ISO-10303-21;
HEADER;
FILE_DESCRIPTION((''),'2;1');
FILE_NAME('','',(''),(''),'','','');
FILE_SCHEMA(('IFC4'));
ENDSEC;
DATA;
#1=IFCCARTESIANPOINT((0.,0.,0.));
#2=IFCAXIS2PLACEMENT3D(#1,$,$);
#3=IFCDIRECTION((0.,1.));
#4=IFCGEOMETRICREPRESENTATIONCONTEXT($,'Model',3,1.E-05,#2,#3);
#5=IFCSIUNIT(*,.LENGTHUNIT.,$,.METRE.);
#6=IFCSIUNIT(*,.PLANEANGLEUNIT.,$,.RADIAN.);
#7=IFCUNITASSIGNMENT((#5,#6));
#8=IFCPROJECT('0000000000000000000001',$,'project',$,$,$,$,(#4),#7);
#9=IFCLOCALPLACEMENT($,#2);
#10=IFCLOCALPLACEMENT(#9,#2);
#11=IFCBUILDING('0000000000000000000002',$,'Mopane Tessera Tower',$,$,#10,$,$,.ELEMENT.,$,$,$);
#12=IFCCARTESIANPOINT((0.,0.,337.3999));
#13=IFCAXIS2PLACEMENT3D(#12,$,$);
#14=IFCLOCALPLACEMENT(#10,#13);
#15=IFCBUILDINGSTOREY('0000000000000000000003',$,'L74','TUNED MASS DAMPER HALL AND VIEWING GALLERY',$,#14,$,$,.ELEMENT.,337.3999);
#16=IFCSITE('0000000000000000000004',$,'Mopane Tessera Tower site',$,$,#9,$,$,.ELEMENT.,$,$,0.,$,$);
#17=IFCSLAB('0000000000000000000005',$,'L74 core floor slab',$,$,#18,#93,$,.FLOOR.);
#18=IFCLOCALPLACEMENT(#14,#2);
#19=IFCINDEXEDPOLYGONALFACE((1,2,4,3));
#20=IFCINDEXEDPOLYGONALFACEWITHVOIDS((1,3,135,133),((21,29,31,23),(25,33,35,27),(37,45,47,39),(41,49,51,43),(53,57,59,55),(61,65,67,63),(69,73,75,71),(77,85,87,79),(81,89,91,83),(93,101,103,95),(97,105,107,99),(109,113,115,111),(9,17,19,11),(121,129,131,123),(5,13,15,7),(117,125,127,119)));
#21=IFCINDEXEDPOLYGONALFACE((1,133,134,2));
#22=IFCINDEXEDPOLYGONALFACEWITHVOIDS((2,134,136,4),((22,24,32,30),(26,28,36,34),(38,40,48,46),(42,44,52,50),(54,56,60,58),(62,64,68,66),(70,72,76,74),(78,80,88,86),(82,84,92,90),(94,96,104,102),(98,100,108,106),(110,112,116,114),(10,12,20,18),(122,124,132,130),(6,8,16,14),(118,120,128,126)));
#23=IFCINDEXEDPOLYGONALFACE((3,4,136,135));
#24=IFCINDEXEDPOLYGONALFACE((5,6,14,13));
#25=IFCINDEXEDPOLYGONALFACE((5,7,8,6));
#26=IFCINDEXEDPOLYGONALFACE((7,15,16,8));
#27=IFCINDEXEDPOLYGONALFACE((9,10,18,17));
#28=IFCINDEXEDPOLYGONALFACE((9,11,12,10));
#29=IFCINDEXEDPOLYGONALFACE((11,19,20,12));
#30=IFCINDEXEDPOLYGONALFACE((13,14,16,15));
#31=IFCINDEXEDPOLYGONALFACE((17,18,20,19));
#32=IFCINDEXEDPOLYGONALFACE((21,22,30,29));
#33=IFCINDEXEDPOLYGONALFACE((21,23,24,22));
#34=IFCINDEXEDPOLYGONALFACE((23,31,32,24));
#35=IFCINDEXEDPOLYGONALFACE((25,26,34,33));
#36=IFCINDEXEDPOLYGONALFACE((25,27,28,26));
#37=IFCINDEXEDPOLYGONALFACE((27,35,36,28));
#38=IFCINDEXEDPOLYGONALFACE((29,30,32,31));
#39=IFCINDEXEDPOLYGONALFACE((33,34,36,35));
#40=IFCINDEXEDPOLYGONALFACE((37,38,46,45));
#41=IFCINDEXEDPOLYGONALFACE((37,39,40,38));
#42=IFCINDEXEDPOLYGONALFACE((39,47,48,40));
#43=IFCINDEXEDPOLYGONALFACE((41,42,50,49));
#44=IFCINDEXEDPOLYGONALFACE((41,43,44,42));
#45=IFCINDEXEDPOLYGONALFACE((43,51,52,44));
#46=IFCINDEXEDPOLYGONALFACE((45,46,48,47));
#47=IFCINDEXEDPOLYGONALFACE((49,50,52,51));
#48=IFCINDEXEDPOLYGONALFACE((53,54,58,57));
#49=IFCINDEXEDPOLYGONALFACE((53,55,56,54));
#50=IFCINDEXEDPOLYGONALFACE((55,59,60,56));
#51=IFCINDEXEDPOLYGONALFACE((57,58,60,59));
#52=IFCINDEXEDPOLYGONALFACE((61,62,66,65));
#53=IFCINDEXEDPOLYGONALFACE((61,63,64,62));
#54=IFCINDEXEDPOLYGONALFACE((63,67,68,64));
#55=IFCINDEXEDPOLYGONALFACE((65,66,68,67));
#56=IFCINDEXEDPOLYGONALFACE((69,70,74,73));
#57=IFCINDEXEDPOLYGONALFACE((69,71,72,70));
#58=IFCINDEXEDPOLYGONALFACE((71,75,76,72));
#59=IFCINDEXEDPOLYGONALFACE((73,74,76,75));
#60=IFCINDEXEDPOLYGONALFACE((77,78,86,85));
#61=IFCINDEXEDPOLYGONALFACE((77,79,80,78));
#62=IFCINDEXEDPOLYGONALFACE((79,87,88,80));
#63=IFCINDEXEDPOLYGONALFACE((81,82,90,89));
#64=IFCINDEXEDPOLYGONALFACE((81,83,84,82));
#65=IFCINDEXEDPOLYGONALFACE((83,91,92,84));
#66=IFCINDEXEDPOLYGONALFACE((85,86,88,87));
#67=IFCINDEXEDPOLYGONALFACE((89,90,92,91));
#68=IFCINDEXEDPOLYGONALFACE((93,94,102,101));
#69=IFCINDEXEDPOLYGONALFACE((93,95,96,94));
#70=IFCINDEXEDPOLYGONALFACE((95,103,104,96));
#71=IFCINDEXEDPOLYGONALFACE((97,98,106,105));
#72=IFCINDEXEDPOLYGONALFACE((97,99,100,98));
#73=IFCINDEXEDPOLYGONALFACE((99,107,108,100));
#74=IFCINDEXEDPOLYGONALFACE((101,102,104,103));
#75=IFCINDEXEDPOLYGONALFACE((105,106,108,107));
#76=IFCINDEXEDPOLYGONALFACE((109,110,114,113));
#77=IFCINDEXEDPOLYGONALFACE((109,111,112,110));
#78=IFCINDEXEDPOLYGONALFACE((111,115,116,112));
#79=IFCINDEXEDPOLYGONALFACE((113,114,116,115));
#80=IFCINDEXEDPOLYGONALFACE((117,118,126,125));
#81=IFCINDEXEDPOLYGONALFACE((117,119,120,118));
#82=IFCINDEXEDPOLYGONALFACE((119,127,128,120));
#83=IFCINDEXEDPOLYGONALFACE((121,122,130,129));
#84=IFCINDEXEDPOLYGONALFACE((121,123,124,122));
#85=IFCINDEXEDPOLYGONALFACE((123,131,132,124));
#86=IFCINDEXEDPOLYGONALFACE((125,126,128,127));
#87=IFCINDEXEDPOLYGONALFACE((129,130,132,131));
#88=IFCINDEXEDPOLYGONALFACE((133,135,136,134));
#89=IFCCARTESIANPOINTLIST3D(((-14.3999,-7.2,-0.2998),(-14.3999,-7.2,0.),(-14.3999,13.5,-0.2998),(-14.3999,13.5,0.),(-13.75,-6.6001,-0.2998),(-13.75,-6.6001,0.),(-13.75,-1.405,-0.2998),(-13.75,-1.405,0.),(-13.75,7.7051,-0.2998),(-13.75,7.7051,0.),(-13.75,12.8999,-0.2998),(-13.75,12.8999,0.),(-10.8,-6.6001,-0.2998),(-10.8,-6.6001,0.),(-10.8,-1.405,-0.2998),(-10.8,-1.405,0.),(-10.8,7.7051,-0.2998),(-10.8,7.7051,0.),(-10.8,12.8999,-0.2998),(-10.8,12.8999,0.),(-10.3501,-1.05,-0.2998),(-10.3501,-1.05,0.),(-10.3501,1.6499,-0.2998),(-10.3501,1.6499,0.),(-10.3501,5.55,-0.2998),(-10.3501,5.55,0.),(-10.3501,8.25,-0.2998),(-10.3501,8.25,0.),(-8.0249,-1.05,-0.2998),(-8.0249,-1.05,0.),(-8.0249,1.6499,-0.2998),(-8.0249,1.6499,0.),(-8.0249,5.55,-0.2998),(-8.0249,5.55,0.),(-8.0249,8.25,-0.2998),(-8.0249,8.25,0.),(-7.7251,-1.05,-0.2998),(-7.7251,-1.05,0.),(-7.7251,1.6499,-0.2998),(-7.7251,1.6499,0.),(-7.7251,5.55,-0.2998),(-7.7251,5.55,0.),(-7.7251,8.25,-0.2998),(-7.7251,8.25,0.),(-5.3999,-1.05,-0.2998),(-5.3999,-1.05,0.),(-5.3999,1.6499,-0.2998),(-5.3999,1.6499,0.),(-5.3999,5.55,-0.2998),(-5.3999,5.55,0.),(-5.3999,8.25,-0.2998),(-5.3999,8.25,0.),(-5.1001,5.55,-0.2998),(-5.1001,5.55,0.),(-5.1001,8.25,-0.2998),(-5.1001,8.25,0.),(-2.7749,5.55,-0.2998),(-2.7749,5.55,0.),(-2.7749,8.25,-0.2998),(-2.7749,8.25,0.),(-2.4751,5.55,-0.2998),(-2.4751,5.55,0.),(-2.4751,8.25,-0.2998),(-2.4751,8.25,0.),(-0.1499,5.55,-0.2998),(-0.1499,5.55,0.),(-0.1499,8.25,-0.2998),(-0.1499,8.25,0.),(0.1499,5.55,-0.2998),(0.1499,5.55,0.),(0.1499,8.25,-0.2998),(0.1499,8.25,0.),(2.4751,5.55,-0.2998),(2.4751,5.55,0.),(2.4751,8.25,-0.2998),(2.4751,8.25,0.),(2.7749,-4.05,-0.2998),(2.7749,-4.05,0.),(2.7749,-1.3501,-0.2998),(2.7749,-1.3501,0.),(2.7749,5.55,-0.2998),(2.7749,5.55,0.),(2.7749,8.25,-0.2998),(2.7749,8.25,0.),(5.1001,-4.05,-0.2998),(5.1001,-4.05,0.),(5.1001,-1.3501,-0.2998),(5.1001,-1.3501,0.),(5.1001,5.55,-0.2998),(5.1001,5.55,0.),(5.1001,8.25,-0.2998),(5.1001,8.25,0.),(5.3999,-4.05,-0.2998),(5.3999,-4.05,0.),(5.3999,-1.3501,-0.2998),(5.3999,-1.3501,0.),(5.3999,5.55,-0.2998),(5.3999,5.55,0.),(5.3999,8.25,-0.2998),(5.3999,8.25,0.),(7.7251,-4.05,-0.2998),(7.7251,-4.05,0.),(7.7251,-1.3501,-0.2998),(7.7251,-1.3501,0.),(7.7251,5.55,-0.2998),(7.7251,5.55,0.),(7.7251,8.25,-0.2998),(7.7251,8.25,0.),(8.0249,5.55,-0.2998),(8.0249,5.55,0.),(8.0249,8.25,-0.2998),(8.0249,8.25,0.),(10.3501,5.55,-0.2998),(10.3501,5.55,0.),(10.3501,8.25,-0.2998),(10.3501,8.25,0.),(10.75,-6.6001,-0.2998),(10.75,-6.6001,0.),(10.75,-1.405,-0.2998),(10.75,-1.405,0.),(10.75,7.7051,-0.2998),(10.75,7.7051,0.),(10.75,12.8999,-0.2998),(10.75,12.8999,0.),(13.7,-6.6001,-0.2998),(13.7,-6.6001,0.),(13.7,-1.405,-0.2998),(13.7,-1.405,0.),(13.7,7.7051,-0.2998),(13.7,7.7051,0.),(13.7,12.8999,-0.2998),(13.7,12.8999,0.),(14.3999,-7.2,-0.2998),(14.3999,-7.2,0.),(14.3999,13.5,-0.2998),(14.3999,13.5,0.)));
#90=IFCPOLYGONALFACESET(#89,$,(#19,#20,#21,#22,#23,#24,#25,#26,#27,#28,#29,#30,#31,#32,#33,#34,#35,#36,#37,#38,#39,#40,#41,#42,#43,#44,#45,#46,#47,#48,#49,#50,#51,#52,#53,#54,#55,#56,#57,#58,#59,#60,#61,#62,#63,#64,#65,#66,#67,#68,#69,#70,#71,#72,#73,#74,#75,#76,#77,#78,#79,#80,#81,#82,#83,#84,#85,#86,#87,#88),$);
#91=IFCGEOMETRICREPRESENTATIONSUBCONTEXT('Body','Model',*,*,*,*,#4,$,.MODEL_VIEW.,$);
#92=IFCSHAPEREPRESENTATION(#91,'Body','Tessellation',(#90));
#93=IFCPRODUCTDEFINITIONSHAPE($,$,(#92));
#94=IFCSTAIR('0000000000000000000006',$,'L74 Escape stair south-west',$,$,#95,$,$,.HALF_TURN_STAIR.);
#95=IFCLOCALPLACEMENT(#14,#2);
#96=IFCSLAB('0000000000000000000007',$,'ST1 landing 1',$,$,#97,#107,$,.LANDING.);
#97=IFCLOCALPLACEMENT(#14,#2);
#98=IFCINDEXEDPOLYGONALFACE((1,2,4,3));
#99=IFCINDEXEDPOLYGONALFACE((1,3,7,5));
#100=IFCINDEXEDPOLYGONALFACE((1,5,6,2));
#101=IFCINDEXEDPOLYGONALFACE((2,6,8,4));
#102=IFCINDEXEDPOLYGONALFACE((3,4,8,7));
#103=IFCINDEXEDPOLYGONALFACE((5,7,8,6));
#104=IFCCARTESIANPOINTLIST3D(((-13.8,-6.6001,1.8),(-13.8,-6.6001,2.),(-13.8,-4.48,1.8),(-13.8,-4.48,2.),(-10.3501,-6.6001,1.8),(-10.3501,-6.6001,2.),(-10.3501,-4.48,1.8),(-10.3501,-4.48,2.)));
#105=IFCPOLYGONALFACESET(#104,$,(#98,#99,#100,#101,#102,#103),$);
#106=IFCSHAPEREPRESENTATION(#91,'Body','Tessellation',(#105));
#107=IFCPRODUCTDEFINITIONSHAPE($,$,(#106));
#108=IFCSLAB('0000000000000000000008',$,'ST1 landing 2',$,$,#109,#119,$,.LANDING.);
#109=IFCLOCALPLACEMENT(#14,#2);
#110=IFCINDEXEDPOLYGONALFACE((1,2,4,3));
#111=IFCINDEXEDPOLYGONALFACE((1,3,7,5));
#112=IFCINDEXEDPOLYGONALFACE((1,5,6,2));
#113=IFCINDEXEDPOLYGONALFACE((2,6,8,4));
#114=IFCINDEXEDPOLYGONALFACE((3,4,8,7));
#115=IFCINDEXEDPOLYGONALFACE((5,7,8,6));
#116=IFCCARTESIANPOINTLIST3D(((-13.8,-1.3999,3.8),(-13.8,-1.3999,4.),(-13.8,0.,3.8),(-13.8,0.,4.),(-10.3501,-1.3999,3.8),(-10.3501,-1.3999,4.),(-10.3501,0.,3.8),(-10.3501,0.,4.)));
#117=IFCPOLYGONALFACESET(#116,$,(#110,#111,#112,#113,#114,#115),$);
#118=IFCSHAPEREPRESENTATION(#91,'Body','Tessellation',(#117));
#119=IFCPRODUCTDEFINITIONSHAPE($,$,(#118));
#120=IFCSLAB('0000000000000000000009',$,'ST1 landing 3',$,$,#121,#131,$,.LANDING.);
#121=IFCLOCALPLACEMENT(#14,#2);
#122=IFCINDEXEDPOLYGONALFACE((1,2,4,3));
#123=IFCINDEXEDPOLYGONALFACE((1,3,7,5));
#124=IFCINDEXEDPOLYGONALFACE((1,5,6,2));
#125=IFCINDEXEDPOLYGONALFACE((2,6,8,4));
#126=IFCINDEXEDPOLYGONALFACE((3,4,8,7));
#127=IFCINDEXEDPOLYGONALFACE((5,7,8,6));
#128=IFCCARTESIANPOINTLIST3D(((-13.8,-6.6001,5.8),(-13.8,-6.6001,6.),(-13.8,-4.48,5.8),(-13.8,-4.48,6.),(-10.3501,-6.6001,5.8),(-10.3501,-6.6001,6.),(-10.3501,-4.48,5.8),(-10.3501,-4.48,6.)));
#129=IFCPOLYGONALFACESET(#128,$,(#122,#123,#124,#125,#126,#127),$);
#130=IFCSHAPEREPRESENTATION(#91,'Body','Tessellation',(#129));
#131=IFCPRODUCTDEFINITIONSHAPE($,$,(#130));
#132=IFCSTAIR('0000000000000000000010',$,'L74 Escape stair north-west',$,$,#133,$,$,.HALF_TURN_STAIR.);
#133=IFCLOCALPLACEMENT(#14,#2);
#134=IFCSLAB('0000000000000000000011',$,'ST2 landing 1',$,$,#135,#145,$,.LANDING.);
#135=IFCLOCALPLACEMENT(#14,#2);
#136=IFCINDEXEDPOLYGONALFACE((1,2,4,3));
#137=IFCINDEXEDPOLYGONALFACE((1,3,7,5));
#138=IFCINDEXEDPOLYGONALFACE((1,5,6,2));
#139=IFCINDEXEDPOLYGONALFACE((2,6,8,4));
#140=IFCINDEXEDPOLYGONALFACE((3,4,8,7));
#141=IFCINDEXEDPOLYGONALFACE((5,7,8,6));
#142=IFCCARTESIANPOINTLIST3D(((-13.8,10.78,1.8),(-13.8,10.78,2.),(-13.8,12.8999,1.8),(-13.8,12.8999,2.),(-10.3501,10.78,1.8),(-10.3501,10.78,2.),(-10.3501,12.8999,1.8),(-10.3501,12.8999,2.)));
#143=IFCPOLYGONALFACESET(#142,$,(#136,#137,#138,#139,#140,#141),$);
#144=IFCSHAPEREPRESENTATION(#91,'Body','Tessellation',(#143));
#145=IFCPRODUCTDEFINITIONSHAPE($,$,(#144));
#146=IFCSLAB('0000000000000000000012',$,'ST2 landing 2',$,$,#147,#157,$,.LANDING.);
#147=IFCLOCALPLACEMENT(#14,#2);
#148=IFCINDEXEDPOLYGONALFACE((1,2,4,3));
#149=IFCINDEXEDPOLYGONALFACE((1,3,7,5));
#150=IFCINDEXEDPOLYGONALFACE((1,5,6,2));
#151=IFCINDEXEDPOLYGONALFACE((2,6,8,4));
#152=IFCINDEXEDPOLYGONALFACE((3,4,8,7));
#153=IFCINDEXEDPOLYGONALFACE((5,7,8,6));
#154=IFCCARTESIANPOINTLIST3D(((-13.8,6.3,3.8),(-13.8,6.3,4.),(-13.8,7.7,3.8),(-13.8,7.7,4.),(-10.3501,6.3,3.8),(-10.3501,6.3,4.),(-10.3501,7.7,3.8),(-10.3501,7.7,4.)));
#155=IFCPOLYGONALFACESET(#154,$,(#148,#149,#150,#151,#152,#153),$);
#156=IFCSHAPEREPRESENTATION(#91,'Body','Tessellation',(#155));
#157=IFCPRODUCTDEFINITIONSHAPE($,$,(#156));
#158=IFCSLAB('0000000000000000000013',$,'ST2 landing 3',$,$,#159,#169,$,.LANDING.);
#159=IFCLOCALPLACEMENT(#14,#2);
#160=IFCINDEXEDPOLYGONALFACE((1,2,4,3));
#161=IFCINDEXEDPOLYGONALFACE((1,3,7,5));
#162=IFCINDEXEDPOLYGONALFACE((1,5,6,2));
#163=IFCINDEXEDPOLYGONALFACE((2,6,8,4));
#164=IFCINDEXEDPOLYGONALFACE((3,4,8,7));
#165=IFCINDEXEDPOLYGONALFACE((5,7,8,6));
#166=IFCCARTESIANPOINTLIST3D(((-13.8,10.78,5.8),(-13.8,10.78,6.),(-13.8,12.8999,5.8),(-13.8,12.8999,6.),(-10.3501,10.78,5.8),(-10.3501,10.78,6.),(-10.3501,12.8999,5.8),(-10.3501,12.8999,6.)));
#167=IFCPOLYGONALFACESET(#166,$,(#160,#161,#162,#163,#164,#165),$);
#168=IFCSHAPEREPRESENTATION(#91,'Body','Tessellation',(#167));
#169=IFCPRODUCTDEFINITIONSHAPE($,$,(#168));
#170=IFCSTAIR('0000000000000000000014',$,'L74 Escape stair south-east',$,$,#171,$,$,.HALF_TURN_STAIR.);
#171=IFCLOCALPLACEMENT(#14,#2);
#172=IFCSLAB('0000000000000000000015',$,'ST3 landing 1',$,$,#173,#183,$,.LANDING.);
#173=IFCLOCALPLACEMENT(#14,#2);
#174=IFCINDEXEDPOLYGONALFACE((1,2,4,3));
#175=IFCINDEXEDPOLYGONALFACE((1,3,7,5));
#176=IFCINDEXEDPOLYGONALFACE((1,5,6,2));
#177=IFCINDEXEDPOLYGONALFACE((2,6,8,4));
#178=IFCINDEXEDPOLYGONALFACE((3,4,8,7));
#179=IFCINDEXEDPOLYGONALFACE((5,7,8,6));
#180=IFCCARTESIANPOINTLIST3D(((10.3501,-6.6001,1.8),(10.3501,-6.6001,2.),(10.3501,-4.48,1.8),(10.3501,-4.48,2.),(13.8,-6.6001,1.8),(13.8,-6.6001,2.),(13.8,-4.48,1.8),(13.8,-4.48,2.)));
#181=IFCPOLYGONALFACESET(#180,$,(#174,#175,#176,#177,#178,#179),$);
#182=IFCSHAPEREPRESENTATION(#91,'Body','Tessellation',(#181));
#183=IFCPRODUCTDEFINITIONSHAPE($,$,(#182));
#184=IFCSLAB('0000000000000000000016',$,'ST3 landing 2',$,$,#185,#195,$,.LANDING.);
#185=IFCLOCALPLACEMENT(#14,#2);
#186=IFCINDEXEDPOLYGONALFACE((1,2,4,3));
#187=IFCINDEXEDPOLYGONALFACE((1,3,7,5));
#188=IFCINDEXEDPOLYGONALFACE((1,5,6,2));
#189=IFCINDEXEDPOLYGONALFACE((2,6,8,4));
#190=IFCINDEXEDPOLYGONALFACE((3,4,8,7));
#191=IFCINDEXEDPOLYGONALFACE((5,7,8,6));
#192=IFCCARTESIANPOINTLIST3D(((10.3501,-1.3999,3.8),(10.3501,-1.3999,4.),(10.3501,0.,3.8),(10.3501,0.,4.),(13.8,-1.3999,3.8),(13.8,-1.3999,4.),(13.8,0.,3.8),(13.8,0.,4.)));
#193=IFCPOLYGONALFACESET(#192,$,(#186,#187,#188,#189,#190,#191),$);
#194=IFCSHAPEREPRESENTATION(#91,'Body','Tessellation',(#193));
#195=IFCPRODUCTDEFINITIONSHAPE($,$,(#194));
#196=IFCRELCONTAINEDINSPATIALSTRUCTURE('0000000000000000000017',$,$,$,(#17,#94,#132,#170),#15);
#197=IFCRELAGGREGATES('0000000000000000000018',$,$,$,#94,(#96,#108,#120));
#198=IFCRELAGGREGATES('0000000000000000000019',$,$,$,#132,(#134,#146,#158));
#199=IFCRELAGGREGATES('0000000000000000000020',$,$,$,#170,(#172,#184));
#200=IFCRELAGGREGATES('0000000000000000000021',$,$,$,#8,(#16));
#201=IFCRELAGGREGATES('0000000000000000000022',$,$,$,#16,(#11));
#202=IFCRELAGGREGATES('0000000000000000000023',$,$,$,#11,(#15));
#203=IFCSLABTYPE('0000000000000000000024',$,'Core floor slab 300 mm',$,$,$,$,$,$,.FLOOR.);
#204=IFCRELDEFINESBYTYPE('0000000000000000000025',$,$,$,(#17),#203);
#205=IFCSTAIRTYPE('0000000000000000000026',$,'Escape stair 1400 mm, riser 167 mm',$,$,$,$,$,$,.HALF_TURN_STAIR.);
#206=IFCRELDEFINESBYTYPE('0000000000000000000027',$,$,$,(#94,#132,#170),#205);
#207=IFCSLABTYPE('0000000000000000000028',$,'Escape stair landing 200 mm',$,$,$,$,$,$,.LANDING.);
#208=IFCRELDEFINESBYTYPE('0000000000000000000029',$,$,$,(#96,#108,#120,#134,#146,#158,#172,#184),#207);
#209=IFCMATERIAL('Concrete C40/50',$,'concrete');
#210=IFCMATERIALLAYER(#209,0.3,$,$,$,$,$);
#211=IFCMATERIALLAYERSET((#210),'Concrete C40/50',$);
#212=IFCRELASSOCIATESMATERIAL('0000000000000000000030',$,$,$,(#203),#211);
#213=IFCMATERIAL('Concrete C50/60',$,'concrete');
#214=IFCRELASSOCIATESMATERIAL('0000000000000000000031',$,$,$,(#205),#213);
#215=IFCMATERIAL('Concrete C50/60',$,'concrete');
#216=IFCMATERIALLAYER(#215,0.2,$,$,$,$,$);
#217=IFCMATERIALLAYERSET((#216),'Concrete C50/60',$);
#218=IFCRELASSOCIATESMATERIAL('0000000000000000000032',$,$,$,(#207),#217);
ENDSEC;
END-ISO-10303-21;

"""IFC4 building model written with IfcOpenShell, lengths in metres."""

from ifc_helpers import new_model, si_unit, direction, frame, origin, place, context, subcontext, project, spatial, polyline, outline, extrude, material, layer, layer_set, type_object, element, aggregate, save


model = new_model("IFC4")

# Units and contexts
model_context = context("Model", 3, precision=1e-05, world=origin(), true_north=direction((0.0, 1.0)))
body_context = subcontext(model_context, "Body", "Model", "MODEL_VIEW")
ifc_project = project(units=[si_unit("LENGTHUNIT", "METRE"), si_unit("PLANEANGLEUNIT", "RADIAN")], contexts=[model_context])

# Site, building, storey
site_placement = place(None, origin())
site = spatial("IfcSite", under=ifc_project, at=site_placement, Name="Mopane Tessera Tower site", CompositionType="ELEMENT", RefElevation=0.0)
building_placement = place(site_placement, origin())
building = spatial("IfcBuilding", under=site, at=building_placement, Name="Mopane Tessera Tower", CompositionType="ELEMENT")
storey_placement = place(building_placement, frame((0.0, 0.0, 337.3999)))
storey = spatial("IfcBuildingStorey", under=building, at=storey_placement, Name="L74", Description="TUNED MASS DAMPER HALL AND VIEWING GALLERY", CompositionType="ELEMENT", Elevation=337.3999)

# Slab
ifc_material_1 = material(Name="Concrete C40/50", Category="concrete")
ifc_layer_1 = layer(ifc_material_1, 0.3)
ifc_layer_set_1 = layer_set([ifc_layer_1], Name="Concrete C40/50")
slab_type_1 = type_object("IfcSlabType", Name="Core floor slab 300 mm", PredefinedType="FLOOR", material=ifc_layer_set_1)
slab_1_placement = place(storey_placement, frame((0.0, 0.0, -0.2998)))
element("IfcSlab", 1, at=slab_1_placement, inside=storey, type_object=slab_type_1, Name="L74 core floor slab", PredefinedType="FLOOR", context=body_context, shape_type="SweptSolid", body=[
    extrude(outline(polyline([(-14.3999, -7.2), (14.3999, -7.2), (14.3999, 13.5), (-14.3999, 13.5), (-14.3999, -7.2)]), holes=[polyline([(-10.3501, -1.05), (-8.0249, -1.05), (-8.0249, 1.6499), (-10.3501, 1.6499), (-10.3501, -1.05)]), polyline([(-7.7251, -1.05), (-5.3999, -1.05), (-5.3999, 1.6499), (-7.7251, 1.6499), (-7.7251, -1.05)]), polyline([(-10.3501, 5.55), (-8.0249, 5.55), (-8.0249, 8.25), (-10.3501, 8.25), (-10.3501, 5.55)]), polyline([(-7.7251, 5.55), (-5.3999, 5.55), (-5.3999, 8.25), (-7.7251, 8.25), (-7.7251, 5.55)]), polyline([(-5.1001, 5.55), (-2.7749, 5.55), (-2.7749, 8.25), (-5.1001, 8.25), (-5.1001, 5.55)]), polyline([(-2.4751, 5.55), (-0.1499, 5.55), (-0.1499, 8.25), (-2.4751, 8.25), (-2.4751, 5.55)]), polyline([(0.1499, 5.55), (2.4751, 5.55), (2.4751, 8.25), (0.1499, 8.25), (0.1499, 5.55)]), polyline([(2.7749, 5.55), (5.1001, 5.55), (5.1001, 8.25), (2.7749, 8.25), (2.7749, 5.55)]), polyline([(5.3999, 5.55), (7.7251, 5.55), (7.7251, 8.25), (5.3999, 8.25), (5.3999, 5.55)]), polyline([(8.0249, 5.55), (10.3501, 5.55), (10.3501, 8.25), (8.0249, 8.25), (8.0249, 5.55)]), polyline([(2.7749, -4.05), (5.1001, -4.05), (5.1001, -1.3501), (2.7749, -1.3501), (2.7749, -4.05)]), polyline([(5.3999, -4.05), (7.7251, -4.05), (7.7251, -1.3501), (5.3999, -1.3501), (5.3999, -4.05)]), polyline([(-13.75, -1.405), (-13.75, -6.6001), (-10.8, -6.6001), (-10.8, -1.405), (-13.75, -1.405)]), polyline([(-10.8, 7.7051), (-10.8, 12.8999), (-13.75, 12.8999), (-13.75, 7.7051), (-10.8, 7.7051)]), polyline([(10.75, -1.405), (10.75, -6.6001), (13.7, -6.6001), (13.7, -1.405), (10.75, -1.405)]), polyline([(13.7, 7.7051), (13.7, 12.8999), (10.75, 12.8999), (10.75, 7.7051), (13.7, 7.7051)])]), origin(), (0.0, 0.0, 1.0), 0.2998),
])

# Stairs, slabs
ifc_material_2 = material(Name="Concrete C50/60", Category="concrete")
stair_type = type_object("IfcStairType", Name="Escape stair 1400 mm, riser 167 mm", PredefinedType="HALF_TURN_STAIR", material=ifc_material_2)
stair_1_placement = place(storey_placement, origin())
stair_1 = element("IfcStair", 2, at=stair_1_placement, inside=storey, type_object=stair_type, Name="L74 Escape stair south-west", PredefinedType="HALF_TURN_STAIR")
ifc_material_3 = material(Name="Concrete C50/60", Category="concrete")
ifc_layer_2 = layer(ifc_material_3, 0.2)
ifc_layer_set_2 = layer_set([ifc_layer_2], Name="Concrete C50/60")
slab_type_2 = type_object("IfcSlabType", Name="Escape stair landing 200 mm", PredefinedType="LANDING", material=ifc_layer_set_2)
slab_2_placement = place(storey_placement, frame((0.0, 0.0, 1.8)))
slab_2 = element("IfcSlab", 3, at=slab_2_placement, type_object=slab_type_2, Name="ST1 landing 1", PredefinedType="LANDING", context=body_context, shape_type="SweptSolid", body=[
    extrude(outline(polyline([(-13.8, -4.48), (-13.8, -6.6001), (-10.3501, -6.6001), (-10.3501, -4.48), (-13.8, -4.48)])), origin(), (0.0, 0.0, 1.0), 0.2),
])
slab_3_placement = place(storey_placement, frame((0.0, 0.0, 3.8)))
slab_3 = element("IfcSlab", 4, at=slab_3_placement, type_object=slab_type_2, Name="ST1 landing 2", PredefinedType="LANDING", context=body_context, shape_type="SweptSolid", body=[
    extrude(outline(polyline([(-13.8, 0.0), (-13.8, -1.3999), (-10.3501, -1.3999), (-10.3501, 0.0), (-13.8, 0.0)])), origin(), (0.0, 0.0, 1.0), 0.2),
])
slab_4_placement = place(storey_placement, frame((0.0, 0.0, 5.8)))
slab_4 = element("IfcSlab", 5, at=slab_4_placement, type_object=slab_type_2, Name="ST1 landing 3", PredefinedType="LANDING", context=body_context, shape_type="SweptSolid", body=[
    extrude(outline(polyline([(-13.8, -4.48), (-13.8, -6.6001), (-10.3501, -6.6001), (-10.3501, -4.48), (-13.8, -4.48)])), origin(), (0.0, 0.0, 1.0), 0.2),
])
aggregate(stair_1, [slab_2, slab_3, slab_4])
stair_2_placement = place(storey_placement, origin())
stair_2 = element("IfcStair", 6, at=stair_2_placement, inside=storey, type_object=stair_type, Name="L74 Escape stair north-west", PredefinedType="HALF_TURN_STAIR")
slab_5_placement = place(storey_placement, frame((0.0, 0.0, 1.8)))
slab_5 = element("IfcSlab", 7, at=slab_5_placement, type_object=slab_type_2, Name="ST2 landing 1", PredefinedType="LANDING", context=body_context, shape_type="SweptSolid", body=[
    extrude(outline(polyline([(-10.3501, 10.78), (-10.3501, 12.8999), (-13.8, 12.8999), (-13.8, 10.78), (-10.3501, 10.78)])), origin(), (0.0, 0.0, 1.0), 0.2),
])
slab_6_placement = place(storey_placement, frame((0.0, 0.0, 3.8)))
slab_6 = element("IfcSlab", 8, at=slab_6_placement, type_object=slab_type_2, Name="ST2 landing 2", PredefinedType="LANDING", context=body_context, shape_type="SweptSolid", body=[
    extrude(outline(polyline([(-10.3501, 6.3), (-10.3501, 7.7), (-13.8, 7.7), (-13.8, 6.3), (-10.3501, 6.3)])), origin(), (0.0, 0.0, 1.0), 0.2),
])
slab_7_placement = place(storey_placement, frame((0.0, 0.0, 5.8)))
slab_7 = element("IfcSlab", 9, at=slab_7_placement, type_object=slab_type_2, Name="ST2 landing 3", PredefinedType="LANDING", context=body_context, shape_type="SweptSolid", body=[
    extrude(outline(polyline([(-10.3501, 10.78), (-10.3501, 12.8999), (-13.8, 12.8999), (-13.8, 10.78), (-10.3501, 10.78)])), origin(), (0.0, 0.0, 1.0), 0.2),
])
aggregate(stair_2, [slab_5, slab_6, slab_7])
stair_3_placement = place(storey_placement, origin())
stair_3 = element("IfcStair", 10, at=stair_3_placement, inside=storey, type_object=stair_type, Name="L74 Escape stair south-east", PredefinedType="HALF_TURN_STAIR")
slab_8_placement = place(storey_placement, frame((0.0, 0.0, 1.8)))
slab_8 = element("IfcSlab", 11, at=slab_8_placement, type_object=slab_type_2, Name="ST3 landing 1", PredefinedType="LANDING", context=body_context, shape_type="SweptSolid", body=[
    extrude(outline(polyline([(10.3501, -4.48), (10.3501, -6.6001), (13.8, -6.6001), (13.8, -4.48), (10.3501, -4.48)])), origin(), (0.0, 0.0, 1.0), 0.2),
])
slab_9_placement = place(storey_placement, frame((0.0, 0.0, 3.8)))
slab_9 = element("IfcSlab", 12, at=slab_9_placement, type_object=slab_type_2, Name="ST3 landing 2", PredefinedType="LANDING", context=body_context, shape_type="SweptSolid", body=[
    extrude(outline(polyline([(10.3501, 0.0), (10.3501, -1.3999), (13.8, -1.3999), (13.8, 0.0), (10.3501, 0.0)])), origin(), (0.0, 0.0, 1.0), 0.2),
])
aggregate(stair_3, [slab_8, slab_9])

save(model, "model.ifc")
